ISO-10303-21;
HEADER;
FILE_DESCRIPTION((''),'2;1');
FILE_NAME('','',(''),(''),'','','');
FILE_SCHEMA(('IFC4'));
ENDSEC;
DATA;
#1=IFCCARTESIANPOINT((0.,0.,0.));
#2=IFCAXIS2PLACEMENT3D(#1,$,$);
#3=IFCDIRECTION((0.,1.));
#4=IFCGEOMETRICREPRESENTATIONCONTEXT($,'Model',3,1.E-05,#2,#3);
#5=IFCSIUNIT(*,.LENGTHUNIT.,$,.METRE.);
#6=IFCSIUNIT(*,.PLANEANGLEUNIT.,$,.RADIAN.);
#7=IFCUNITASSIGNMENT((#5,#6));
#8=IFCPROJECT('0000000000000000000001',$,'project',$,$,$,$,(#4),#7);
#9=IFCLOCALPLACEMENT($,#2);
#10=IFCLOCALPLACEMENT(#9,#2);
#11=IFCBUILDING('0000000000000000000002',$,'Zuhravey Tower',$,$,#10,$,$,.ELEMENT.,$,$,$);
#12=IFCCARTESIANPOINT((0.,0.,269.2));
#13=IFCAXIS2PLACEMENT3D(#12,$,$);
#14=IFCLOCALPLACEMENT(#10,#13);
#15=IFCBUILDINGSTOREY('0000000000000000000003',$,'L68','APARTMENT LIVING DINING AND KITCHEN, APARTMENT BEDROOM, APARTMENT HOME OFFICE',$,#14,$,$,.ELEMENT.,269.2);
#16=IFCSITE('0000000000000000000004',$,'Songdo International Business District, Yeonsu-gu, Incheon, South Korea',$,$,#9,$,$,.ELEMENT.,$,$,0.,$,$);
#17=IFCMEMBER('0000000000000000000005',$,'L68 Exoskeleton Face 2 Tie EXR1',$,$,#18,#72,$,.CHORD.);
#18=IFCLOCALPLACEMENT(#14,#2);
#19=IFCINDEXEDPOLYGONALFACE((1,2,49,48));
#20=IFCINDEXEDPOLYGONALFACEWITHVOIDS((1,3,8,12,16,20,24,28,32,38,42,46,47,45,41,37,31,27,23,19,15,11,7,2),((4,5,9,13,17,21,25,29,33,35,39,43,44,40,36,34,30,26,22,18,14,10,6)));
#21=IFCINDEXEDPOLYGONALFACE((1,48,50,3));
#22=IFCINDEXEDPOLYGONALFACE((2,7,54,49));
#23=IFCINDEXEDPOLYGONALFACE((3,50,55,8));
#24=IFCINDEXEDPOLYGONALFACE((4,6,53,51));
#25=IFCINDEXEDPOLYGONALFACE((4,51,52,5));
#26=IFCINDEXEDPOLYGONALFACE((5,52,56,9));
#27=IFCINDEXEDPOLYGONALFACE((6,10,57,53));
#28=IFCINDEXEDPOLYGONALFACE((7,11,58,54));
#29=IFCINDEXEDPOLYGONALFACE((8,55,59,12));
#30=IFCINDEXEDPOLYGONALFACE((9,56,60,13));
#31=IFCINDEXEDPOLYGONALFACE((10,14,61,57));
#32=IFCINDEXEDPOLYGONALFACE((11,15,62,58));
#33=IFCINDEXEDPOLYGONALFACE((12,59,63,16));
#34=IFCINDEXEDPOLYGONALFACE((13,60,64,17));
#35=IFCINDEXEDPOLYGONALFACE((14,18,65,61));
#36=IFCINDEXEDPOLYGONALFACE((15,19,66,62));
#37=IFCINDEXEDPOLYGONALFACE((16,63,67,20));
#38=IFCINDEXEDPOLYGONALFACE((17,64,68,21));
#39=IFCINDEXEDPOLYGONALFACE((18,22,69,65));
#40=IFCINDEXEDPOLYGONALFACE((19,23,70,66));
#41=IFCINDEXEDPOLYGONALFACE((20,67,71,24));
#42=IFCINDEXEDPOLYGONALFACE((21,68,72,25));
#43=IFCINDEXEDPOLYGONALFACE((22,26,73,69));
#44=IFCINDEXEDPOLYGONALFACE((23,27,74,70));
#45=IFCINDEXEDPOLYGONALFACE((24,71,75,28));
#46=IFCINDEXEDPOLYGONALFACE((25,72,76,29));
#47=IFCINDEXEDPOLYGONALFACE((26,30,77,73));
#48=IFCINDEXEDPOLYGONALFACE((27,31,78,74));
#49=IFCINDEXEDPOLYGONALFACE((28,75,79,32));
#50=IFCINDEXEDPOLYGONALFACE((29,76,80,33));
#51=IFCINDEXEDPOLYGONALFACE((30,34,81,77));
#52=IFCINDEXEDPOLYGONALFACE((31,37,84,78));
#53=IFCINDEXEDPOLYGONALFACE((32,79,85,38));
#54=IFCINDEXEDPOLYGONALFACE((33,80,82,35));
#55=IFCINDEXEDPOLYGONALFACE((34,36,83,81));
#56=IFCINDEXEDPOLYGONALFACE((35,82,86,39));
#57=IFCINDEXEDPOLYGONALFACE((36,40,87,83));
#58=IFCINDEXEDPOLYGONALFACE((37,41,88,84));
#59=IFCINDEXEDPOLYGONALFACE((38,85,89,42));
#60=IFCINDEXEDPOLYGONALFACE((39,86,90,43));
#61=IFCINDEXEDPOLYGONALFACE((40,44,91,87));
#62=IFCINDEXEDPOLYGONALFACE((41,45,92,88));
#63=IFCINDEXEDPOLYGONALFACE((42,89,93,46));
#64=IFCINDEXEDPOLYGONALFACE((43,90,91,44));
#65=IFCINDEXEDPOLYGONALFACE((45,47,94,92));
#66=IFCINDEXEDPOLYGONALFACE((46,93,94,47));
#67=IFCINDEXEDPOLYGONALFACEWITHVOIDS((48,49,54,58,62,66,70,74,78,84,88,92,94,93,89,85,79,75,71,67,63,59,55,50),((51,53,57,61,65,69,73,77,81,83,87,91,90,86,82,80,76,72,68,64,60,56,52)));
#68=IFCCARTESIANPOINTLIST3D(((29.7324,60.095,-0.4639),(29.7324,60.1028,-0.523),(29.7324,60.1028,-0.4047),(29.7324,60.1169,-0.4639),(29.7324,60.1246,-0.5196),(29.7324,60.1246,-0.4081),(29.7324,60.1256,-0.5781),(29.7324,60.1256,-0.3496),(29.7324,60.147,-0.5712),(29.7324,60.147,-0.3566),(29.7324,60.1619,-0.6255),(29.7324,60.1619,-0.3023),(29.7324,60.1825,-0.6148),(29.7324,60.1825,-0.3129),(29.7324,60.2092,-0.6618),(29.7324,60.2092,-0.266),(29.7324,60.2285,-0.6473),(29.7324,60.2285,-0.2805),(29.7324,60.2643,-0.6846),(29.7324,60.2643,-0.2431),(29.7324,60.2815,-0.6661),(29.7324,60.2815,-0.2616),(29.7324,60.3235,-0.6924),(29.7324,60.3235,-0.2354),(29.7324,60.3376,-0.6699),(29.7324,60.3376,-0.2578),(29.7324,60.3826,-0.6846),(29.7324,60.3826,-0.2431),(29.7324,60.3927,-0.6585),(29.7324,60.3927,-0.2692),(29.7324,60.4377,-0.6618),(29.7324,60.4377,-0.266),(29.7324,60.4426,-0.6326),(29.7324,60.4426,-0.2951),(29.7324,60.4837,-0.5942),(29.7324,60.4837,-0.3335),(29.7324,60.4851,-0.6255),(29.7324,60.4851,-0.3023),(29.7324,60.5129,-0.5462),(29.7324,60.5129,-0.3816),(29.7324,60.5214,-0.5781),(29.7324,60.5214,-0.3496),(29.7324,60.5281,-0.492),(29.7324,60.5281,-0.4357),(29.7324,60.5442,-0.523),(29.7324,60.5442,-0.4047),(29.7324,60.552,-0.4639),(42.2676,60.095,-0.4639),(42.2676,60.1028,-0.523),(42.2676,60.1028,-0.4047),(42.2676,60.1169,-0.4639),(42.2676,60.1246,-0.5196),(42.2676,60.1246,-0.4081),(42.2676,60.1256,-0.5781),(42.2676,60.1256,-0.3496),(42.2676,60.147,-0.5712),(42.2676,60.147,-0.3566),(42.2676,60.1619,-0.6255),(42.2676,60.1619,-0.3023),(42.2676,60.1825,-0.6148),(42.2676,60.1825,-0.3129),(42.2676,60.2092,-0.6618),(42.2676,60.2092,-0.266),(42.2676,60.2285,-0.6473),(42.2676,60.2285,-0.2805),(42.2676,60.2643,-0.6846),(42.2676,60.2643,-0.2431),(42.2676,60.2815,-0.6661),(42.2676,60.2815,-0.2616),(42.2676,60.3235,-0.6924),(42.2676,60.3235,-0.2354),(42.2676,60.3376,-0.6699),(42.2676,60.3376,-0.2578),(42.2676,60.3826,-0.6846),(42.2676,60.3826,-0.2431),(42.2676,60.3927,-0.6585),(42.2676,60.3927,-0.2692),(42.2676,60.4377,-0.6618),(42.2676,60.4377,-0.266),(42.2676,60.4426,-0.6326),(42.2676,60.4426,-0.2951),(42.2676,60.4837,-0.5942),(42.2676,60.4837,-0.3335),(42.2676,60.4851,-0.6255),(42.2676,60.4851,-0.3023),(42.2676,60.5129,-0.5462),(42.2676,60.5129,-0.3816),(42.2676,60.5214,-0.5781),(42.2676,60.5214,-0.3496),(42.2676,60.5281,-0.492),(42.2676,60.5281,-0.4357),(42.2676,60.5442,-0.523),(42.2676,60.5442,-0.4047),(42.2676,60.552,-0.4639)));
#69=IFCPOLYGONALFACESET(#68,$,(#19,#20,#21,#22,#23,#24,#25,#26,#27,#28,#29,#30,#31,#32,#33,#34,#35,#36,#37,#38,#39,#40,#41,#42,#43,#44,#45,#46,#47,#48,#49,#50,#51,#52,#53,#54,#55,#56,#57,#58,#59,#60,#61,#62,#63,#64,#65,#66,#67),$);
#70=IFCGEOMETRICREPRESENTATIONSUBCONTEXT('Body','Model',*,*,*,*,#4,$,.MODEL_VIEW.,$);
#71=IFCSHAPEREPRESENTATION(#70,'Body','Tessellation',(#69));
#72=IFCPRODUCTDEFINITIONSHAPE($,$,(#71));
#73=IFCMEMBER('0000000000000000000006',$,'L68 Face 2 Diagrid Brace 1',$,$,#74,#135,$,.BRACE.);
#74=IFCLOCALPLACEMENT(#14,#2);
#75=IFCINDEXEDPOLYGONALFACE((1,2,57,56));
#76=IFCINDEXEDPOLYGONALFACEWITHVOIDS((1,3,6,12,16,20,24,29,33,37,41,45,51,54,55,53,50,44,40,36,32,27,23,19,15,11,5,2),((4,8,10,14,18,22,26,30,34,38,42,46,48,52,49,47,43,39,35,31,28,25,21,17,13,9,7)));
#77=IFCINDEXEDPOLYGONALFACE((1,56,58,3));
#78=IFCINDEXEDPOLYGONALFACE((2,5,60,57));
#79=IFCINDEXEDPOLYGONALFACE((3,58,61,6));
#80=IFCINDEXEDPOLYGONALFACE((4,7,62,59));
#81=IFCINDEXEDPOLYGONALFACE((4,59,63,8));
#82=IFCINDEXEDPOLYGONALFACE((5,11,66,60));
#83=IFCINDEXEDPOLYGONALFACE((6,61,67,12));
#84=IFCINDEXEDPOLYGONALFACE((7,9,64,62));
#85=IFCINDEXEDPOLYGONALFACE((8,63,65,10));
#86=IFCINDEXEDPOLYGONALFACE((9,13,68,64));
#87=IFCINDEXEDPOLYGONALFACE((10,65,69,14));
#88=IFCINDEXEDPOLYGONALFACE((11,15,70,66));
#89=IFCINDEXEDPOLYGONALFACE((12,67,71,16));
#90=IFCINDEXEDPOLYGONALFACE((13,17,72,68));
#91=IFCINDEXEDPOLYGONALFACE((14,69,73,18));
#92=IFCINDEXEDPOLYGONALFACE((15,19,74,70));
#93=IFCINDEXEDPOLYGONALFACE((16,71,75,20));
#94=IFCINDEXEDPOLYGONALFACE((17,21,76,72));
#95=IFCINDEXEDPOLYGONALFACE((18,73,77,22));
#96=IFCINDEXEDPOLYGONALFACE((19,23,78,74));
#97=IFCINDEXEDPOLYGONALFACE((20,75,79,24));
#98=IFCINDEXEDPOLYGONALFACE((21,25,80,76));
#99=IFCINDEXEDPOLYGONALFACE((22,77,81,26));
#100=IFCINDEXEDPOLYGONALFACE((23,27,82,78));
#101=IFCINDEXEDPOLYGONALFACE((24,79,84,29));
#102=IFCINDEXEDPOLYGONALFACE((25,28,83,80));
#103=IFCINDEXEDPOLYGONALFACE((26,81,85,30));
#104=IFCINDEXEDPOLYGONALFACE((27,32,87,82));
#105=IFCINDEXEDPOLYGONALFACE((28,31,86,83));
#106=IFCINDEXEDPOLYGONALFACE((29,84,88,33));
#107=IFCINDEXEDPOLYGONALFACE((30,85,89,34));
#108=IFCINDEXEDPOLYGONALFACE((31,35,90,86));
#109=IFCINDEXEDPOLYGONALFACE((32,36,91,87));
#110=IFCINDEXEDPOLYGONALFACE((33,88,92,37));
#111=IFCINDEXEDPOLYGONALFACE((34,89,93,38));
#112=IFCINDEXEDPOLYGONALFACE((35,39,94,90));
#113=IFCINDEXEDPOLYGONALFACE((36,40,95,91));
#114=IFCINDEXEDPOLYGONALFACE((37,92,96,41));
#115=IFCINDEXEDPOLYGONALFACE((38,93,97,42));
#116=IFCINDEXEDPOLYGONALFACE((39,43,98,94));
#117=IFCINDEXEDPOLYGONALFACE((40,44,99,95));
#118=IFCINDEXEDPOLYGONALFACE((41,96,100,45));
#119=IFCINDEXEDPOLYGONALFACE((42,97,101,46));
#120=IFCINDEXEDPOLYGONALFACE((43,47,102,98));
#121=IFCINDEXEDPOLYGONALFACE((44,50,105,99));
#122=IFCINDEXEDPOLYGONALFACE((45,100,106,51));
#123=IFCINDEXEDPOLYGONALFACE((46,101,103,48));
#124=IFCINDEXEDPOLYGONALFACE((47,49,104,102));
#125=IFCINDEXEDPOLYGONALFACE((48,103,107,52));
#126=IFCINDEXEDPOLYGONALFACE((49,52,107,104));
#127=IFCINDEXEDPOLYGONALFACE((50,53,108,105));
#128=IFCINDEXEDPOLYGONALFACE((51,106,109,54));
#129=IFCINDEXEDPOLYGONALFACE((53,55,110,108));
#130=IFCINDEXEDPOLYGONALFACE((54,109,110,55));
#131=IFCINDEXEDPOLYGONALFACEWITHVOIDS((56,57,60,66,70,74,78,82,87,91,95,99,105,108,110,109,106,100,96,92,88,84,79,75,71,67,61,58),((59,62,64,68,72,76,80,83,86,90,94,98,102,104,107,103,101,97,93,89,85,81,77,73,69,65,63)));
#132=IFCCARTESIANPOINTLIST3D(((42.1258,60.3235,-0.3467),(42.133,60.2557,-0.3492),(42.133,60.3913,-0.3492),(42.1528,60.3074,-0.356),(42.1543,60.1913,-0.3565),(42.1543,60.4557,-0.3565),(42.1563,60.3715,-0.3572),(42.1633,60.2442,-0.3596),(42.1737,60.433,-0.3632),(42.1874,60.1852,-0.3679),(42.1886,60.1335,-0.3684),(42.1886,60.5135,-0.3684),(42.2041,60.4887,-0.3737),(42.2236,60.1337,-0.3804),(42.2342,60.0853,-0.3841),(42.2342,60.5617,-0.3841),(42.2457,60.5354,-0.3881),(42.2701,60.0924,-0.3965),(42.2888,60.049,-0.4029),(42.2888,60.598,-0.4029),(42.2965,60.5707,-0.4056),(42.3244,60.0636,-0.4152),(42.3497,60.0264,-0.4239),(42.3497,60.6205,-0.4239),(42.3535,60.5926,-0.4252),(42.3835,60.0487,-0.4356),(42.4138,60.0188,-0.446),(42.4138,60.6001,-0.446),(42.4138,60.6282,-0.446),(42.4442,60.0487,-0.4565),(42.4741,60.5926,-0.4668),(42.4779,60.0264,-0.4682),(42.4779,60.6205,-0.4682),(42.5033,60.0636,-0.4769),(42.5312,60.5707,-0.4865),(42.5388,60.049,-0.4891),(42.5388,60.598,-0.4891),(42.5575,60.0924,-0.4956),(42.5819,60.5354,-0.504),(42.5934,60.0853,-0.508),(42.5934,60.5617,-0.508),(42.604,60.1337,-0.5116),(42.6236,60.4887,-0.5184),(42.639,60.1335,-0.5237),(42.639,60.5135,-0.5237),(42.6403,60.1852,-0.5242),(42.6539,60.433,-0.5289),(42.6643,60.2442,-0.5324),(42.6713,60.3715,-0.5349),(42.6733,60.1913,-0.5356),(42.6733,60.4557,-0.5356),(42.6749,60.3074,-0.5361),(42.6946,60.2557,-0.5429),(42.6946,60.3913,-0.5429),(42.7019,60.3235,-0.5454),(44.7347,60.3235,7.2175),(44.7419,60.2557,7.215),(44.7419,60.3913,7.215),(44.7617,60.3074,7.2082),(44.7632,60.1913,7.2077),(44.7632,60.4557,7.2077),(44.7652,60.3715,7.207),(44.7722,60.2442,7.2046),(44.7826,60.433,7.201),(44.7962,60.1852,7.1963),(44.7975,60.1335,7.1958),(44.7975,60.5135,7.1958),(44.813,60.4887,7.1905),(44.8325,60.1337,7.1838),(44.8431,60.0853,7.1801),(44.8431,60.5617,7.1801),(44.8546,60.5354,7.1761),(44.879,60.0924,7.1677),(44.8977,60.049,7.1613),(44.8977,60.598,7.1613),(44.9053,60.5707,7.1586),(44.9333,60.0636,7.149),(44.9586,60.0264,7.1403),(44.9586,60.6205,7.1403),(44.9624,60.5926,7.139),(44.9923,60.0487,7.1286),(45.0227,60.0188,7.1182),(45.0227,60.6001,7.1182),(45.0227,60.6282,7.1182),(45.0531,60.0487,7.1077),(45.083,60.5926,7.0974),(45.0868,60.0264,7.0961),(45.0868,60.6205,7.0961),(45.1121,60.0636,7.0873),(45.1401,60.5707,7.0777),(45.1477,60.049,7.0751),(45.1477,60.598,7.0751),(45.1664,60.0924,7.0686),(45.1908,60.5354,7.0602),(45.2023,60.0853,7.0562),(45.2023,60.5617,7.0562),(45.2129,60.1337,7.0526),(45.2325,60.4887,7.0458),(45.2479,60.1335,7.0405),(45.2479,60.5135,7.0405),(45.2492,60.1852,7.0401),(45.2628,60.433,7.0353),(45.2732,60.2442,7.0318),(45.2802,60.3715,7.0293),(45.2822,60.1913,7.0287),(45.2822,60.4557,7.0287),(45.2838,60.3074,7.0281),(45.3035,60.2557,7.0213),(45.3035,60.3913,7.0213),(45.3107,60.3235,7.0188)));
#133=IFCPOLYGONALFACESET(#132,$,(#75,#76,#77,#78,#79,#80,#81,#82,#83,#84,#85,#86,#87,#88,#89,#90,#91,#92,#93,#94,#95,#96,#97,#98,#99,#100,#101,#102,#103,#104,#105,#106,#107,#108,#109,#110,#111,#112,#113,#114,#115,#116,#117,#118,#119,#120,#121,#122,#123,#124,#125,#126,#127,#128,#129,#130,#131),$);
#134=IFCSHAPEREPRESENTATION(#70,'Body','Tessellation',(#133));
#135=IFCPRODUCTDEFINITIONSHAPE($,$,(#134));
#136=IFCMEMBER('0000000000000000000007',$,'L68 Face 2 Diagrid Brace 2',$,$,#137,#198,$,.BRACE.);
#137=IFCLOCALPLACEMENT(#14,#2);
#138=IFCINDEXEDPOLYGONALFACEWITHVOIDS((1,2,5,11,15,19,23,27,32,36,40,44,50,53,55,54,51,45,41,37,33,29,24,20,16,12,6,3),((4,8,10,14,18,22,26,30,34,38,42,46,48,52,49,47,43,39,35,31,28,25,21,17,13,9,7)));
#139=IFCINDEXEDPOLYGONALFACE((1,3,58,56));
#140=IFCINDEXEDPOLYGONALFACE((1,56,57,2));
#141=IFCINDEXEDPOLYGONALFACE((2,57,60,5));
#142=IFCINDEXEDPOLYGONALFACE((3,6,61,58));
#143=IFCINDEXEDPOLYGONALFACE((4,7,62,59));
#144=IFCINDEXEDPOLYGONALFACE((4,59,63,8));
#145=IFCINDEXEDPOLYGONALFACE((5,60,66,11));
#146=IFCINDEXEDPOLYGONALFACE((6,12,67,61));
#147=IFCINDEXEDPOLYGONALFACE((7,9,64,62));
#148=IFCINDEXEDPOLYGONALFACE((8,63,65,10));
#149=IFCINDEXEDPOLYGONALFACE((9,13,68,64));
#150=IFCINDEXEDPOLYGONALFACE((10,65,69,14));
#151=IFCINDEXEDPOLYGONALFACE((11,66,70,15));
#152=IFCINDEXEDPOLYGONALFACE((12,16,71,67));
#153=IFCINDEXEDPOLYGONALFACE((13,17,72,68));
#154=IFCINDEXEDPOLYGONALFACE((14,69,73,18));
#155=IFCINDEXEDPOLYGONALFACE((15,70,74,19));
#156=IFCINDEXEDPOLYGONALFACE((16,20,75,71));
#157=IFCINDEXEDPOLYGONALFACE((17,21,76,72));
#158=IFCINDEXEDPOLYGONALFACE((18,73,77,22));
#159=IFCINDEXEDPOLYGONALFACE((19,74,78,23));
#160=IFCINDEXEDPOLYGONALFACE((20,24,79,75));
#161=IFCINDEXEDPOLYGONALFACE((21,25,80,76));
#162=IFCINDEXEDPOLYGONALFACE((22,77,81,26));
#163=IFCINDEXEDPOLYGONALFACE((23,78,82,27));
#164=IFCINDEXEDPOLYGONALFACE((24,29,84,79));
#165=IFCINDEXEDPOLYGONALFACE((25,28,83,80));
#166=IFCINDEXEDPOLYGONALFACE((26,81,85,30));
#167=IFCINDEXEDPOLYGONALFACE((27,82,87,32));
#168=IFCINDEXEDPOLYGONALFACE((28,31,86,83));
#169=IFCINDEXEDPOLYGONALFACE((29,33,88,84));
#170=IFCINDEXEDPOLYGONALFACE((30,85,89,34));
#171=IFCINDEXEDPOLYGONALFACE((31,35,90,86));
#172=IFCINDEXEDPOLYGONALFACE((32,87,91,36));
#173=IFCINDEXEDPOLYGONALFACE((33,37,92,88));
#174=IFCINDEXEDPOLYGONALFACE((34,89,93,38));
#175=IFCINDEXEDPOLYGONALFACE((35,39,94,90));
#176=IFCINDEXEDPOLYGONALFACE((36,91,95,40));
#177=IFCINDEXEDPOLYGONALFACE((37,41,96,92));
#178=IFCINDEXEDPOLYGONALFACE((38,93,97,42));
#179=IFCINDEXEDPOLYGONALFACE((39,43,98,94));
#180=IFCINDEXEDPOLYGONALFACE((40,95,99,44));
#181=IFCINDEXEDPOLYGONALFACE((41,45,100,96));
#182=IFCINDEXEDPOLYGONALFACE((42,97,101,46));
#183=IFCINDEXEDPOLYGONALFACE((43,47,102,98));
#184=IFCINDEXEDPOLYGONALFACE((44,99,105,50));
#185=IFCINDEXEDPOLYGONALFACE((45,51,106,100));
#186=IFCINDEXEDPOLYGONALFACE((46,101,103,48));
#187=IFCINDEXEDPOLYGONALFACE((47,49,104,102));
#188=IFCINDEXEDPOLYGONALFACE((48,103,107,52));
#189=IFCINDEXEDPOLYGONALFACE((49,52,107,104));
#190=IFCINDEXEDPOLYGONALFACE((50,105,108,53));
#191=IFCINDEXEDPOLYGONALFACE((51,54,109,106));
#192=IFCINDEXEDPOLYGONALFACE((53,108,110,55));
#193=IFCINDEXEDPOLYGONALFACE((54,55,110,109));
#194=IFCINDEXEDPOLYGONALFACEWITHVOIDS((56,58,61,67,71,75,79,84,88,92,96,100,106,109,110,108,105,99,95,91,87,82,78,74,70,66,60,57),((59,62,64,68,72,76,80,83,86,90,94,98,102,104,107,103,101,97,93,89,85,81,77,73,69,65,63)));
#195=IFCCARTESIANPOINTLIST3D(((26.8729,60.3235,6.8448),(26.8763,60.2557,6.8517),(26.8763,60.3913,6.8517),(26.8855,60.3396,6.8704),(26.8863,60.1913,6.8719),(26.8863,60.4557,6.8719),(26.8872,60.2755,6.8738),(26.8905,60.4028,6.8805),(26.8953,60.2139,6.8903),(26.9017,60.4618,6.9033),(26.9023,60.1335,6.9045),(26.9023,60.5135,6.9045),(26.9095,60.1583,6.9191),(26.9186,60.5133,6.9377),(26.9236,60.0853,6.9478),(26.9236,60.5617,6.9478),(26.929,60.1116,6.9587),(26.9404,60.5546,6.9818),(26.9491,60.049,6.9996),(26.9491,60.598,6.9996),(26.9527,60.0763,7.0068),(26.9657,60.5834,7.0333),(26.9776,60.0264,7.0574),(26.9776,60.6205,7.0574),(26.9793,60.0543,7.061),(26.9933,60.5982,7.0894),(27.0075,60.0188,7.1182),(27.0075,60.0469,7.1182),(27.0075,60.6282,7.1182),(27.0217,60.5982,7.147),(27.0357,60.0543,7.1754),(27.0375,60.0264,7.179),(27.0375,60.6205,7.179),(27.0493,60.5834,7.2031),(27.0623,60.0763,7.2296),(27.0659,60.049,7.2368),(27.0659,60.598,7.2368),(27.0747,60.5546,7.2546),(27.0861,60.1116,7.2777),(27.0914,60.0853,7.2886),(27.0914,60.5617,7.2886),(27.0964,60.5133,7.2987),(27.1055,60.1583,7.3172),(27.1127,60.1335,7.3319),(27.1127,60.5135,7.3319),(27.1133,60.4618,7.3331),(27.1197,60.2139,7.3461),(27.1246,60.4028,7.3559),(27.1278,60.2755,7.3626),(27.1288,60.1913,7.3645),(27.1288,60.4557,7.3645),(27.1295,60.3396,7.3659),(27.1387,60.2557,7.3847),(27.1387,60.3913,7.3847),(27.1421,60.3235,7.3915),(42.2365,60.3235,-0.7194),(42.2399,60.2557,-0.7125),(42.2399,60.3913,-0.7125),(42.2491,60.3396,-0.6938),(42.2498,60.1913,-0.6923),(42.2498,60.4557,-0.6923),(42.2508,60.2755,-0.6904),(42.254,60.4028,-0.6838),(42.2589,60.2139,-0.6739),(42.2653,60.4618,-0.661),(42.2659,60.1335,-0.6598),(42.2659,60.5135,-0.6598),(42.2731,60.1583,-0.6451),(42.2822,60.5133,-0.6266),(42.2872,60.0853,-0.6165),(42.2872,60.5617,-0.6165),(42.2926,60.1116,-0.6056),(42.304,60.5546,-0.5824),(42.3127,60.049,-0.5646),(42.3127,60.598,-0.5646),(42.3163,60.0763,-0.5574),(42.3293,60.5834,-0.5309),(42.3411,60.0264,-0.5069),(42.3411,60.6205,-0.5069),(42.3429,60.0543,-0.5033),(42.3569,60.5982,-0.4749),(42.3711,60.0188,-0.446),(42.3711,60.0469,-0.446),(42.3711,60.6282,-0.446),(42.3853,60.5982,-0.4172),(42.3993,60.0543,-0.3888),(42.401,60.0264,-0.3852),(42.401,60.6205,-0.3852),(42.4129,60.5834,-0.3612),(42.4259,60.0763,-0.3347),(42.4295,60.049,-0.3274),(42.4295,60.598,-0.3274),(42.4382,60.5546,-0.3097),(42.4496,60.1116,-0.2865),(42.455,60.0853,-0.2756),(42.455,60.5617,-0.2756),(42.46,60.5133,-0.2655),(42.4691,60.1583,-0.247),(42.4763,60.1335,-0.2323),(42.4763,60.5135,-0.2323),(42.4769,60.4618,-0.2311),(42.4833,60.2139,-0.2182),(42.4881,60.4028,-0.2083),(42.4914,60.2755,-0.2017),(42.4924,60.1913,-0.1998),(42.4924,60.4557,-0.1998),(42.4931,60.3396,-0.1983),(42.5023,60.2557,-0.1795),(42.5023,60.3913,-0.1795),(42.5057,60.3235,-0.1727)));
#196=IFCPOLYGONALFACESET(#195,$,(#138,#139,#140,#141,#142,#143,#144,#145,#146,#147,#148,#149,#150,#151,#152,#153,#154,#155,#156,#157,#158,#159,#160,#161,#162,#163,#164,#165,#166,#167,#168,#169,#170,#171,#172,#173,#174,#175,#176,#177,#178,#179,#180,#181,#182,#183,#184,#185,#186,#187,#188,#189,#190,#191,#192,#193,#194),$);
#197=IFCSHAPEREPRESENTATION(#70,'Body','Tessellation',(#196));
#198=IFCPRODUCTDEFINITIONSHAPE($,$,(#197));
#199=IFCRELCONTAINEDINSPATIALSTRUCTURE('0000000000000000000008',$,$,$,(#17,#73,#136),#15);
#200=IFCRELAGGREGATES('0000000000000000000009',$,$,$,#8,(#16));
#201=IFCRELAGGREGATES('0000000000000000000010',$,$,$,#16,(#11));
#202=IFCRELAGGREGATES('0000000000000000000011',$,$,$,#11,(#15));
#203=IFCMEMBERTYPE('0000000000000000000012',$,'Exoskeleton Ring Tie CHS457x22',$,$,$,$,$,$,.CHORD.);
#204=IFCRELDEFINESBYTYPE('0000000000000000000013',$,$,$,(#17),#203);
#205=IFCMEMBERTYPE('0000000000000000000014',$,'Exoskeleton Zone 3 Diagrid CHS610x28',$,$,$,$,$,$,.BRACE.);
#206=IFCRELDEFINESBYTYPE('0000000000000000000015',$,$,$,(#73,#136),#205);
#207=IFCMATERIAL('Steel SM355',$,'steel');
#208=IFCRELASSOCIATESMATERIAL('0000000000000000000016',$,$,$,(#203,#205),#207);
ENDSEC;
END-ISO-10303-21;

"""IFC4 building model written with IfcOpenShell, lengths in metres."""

from ifc_helpers import new_model, si_unit, direction, frame, origin, origin_2d, place, context, subcontext, project, spatial, hollow_circle, extrude, material, material_profile, profile_set, type_object, element, save


model = new_model("IFC4")

# Units and contexts
model_context = context("Model", 3, precision=1e-05, world=origin(), true_north=direction((0.0, 1.0)))
body_context = subcontext(model_context, "Body", "Model", "MODEL_VIEW")
ifc_project = project(units=[si_unit("LENGTHUNIT", "METRE"), si_unit("PLANEANGLEUNIT", "RADIAN")], contexts=[model_context])

# Site, building, storey
site_placement = place(None, origin())
site = spatial("IfcSite", under=ifc_project, at=site_placement, Name="Songdo International Business District, Yeonsu-gu, Incheon, South Korea", CompositionType="ELEMENT", RefElevation=0.0)
building_placement = place(site_placement, origin())
building = spatial("IfcBuilding", under=site, at=building_placement, Name="Zuhravey Tower", CompositionType="ELEMENT")
storey_placement = place(building_placement, frame((0.0, 0.0, 269.2)))
storey = spatial("IfcBuildingStorey", under=building, at=storey_placement, Name="L68", Description="APARTMENT LIVING DINING AND KITCHEN, APARTMENT BEDROOM, APARTMENT HOME OFFICE", CompositionType="ELEMENT", Elevation=269.2)

# Members
ifc_material_1 = material(Name="Steel SM355", Category="steel")
ifc_material_profile_1 = material_profile(ifc_material_1, hollow_circle(Radius=0.2285, WallThickness=0.022, at=origin_2d()), Name="CHS-457.2x22")
ifc_profile_set_1 = profile_set([ifc_material_profile_1], Name="Steel SM355")
member_type_1 = type_object("IfcMemberType", Name="Exoskeleton Ring Tie CHS457x22", PredefinedType="CHORD", material=ifc_profile_set_1)
member_1_placement = place(storey_placement, frame((42.2676, 60.3235, -0.4639), z_axis=(-1.0, 0.0, 0.0), x_axis=(0.0, -1.0, 0.0)))
element("IfcMember", 1, at=member_1_placement, inside=storey, type_object=member_type_1, Name="L68 Exoskeleton Face 2 Tie EXR1", PredefinedType="CHORD", context=body_context, shape_type="SweptSolid", body=[
    extrude(hollow_circle(Radius=0.2285, WallThickness=0.022, at=origin_2d()), origin(), (0.0, 0.0, 1.0), 12.5352),
])
ifc_material_profile_2 = material_profile(ifc_material_1, hollow_circle(Radius=0.3047, WallThickness=0.0281, at=origin_2d()), Name="CHS-609.6x28")
ifc_profile_set_2 = profile_set([ifc_material_profile_2], Name="Steel SM355")
member_type_2 = type_object("IfcMemberType", Name="Exoskeleton Zone 3 Diagrid CHS610x28", PredefinedType="BRACE", material=ifc_profile_set_2)
member_2_placement = place(storey_placement, frame((42.4138, 60.3235, -0.446), z_axis=(0.326051, 0.0, 0.945352), x_axis=(0.0, 1.0, 0.0)))
element("IfcMember", 2, at=member_2_placement, inside=storey, type_object=member_type_2, Name="L68 Face 2 Diagrid Brace 1", PredefinedType="BRACE", context=body_context, shape_type="SweptSolid", body=[
    extrude(hollow_circle(Radius=0.3047, WallThickness=0.0281, at=origin_2d()), origin(), (0.0, 0.0, 1.0), 8.0015),
])
member_3_placement = place(storey_placement, frame((42.3711, 60.3235, -0.446), z_axis=(-0.897156, 0.0, 0.441714), x_axis=(0.0, -1.0, 0.0)))
element("IfcMember", 3, at=member_3_placement, inside=storey, type_object=member_type_2, Name="L68 Face 2 Diagrid Brace 2", PredefinedType="BRACE", context=body_context, shape_type="SweptSolid", body=[
    extrude(hollow_circle(Radius=0.3047, WallThickness=0.0281, at=origin_2d()), origin(), (0.0, 0.0, 1.0), 17.1248),
])

save(model, "model.ifc")
